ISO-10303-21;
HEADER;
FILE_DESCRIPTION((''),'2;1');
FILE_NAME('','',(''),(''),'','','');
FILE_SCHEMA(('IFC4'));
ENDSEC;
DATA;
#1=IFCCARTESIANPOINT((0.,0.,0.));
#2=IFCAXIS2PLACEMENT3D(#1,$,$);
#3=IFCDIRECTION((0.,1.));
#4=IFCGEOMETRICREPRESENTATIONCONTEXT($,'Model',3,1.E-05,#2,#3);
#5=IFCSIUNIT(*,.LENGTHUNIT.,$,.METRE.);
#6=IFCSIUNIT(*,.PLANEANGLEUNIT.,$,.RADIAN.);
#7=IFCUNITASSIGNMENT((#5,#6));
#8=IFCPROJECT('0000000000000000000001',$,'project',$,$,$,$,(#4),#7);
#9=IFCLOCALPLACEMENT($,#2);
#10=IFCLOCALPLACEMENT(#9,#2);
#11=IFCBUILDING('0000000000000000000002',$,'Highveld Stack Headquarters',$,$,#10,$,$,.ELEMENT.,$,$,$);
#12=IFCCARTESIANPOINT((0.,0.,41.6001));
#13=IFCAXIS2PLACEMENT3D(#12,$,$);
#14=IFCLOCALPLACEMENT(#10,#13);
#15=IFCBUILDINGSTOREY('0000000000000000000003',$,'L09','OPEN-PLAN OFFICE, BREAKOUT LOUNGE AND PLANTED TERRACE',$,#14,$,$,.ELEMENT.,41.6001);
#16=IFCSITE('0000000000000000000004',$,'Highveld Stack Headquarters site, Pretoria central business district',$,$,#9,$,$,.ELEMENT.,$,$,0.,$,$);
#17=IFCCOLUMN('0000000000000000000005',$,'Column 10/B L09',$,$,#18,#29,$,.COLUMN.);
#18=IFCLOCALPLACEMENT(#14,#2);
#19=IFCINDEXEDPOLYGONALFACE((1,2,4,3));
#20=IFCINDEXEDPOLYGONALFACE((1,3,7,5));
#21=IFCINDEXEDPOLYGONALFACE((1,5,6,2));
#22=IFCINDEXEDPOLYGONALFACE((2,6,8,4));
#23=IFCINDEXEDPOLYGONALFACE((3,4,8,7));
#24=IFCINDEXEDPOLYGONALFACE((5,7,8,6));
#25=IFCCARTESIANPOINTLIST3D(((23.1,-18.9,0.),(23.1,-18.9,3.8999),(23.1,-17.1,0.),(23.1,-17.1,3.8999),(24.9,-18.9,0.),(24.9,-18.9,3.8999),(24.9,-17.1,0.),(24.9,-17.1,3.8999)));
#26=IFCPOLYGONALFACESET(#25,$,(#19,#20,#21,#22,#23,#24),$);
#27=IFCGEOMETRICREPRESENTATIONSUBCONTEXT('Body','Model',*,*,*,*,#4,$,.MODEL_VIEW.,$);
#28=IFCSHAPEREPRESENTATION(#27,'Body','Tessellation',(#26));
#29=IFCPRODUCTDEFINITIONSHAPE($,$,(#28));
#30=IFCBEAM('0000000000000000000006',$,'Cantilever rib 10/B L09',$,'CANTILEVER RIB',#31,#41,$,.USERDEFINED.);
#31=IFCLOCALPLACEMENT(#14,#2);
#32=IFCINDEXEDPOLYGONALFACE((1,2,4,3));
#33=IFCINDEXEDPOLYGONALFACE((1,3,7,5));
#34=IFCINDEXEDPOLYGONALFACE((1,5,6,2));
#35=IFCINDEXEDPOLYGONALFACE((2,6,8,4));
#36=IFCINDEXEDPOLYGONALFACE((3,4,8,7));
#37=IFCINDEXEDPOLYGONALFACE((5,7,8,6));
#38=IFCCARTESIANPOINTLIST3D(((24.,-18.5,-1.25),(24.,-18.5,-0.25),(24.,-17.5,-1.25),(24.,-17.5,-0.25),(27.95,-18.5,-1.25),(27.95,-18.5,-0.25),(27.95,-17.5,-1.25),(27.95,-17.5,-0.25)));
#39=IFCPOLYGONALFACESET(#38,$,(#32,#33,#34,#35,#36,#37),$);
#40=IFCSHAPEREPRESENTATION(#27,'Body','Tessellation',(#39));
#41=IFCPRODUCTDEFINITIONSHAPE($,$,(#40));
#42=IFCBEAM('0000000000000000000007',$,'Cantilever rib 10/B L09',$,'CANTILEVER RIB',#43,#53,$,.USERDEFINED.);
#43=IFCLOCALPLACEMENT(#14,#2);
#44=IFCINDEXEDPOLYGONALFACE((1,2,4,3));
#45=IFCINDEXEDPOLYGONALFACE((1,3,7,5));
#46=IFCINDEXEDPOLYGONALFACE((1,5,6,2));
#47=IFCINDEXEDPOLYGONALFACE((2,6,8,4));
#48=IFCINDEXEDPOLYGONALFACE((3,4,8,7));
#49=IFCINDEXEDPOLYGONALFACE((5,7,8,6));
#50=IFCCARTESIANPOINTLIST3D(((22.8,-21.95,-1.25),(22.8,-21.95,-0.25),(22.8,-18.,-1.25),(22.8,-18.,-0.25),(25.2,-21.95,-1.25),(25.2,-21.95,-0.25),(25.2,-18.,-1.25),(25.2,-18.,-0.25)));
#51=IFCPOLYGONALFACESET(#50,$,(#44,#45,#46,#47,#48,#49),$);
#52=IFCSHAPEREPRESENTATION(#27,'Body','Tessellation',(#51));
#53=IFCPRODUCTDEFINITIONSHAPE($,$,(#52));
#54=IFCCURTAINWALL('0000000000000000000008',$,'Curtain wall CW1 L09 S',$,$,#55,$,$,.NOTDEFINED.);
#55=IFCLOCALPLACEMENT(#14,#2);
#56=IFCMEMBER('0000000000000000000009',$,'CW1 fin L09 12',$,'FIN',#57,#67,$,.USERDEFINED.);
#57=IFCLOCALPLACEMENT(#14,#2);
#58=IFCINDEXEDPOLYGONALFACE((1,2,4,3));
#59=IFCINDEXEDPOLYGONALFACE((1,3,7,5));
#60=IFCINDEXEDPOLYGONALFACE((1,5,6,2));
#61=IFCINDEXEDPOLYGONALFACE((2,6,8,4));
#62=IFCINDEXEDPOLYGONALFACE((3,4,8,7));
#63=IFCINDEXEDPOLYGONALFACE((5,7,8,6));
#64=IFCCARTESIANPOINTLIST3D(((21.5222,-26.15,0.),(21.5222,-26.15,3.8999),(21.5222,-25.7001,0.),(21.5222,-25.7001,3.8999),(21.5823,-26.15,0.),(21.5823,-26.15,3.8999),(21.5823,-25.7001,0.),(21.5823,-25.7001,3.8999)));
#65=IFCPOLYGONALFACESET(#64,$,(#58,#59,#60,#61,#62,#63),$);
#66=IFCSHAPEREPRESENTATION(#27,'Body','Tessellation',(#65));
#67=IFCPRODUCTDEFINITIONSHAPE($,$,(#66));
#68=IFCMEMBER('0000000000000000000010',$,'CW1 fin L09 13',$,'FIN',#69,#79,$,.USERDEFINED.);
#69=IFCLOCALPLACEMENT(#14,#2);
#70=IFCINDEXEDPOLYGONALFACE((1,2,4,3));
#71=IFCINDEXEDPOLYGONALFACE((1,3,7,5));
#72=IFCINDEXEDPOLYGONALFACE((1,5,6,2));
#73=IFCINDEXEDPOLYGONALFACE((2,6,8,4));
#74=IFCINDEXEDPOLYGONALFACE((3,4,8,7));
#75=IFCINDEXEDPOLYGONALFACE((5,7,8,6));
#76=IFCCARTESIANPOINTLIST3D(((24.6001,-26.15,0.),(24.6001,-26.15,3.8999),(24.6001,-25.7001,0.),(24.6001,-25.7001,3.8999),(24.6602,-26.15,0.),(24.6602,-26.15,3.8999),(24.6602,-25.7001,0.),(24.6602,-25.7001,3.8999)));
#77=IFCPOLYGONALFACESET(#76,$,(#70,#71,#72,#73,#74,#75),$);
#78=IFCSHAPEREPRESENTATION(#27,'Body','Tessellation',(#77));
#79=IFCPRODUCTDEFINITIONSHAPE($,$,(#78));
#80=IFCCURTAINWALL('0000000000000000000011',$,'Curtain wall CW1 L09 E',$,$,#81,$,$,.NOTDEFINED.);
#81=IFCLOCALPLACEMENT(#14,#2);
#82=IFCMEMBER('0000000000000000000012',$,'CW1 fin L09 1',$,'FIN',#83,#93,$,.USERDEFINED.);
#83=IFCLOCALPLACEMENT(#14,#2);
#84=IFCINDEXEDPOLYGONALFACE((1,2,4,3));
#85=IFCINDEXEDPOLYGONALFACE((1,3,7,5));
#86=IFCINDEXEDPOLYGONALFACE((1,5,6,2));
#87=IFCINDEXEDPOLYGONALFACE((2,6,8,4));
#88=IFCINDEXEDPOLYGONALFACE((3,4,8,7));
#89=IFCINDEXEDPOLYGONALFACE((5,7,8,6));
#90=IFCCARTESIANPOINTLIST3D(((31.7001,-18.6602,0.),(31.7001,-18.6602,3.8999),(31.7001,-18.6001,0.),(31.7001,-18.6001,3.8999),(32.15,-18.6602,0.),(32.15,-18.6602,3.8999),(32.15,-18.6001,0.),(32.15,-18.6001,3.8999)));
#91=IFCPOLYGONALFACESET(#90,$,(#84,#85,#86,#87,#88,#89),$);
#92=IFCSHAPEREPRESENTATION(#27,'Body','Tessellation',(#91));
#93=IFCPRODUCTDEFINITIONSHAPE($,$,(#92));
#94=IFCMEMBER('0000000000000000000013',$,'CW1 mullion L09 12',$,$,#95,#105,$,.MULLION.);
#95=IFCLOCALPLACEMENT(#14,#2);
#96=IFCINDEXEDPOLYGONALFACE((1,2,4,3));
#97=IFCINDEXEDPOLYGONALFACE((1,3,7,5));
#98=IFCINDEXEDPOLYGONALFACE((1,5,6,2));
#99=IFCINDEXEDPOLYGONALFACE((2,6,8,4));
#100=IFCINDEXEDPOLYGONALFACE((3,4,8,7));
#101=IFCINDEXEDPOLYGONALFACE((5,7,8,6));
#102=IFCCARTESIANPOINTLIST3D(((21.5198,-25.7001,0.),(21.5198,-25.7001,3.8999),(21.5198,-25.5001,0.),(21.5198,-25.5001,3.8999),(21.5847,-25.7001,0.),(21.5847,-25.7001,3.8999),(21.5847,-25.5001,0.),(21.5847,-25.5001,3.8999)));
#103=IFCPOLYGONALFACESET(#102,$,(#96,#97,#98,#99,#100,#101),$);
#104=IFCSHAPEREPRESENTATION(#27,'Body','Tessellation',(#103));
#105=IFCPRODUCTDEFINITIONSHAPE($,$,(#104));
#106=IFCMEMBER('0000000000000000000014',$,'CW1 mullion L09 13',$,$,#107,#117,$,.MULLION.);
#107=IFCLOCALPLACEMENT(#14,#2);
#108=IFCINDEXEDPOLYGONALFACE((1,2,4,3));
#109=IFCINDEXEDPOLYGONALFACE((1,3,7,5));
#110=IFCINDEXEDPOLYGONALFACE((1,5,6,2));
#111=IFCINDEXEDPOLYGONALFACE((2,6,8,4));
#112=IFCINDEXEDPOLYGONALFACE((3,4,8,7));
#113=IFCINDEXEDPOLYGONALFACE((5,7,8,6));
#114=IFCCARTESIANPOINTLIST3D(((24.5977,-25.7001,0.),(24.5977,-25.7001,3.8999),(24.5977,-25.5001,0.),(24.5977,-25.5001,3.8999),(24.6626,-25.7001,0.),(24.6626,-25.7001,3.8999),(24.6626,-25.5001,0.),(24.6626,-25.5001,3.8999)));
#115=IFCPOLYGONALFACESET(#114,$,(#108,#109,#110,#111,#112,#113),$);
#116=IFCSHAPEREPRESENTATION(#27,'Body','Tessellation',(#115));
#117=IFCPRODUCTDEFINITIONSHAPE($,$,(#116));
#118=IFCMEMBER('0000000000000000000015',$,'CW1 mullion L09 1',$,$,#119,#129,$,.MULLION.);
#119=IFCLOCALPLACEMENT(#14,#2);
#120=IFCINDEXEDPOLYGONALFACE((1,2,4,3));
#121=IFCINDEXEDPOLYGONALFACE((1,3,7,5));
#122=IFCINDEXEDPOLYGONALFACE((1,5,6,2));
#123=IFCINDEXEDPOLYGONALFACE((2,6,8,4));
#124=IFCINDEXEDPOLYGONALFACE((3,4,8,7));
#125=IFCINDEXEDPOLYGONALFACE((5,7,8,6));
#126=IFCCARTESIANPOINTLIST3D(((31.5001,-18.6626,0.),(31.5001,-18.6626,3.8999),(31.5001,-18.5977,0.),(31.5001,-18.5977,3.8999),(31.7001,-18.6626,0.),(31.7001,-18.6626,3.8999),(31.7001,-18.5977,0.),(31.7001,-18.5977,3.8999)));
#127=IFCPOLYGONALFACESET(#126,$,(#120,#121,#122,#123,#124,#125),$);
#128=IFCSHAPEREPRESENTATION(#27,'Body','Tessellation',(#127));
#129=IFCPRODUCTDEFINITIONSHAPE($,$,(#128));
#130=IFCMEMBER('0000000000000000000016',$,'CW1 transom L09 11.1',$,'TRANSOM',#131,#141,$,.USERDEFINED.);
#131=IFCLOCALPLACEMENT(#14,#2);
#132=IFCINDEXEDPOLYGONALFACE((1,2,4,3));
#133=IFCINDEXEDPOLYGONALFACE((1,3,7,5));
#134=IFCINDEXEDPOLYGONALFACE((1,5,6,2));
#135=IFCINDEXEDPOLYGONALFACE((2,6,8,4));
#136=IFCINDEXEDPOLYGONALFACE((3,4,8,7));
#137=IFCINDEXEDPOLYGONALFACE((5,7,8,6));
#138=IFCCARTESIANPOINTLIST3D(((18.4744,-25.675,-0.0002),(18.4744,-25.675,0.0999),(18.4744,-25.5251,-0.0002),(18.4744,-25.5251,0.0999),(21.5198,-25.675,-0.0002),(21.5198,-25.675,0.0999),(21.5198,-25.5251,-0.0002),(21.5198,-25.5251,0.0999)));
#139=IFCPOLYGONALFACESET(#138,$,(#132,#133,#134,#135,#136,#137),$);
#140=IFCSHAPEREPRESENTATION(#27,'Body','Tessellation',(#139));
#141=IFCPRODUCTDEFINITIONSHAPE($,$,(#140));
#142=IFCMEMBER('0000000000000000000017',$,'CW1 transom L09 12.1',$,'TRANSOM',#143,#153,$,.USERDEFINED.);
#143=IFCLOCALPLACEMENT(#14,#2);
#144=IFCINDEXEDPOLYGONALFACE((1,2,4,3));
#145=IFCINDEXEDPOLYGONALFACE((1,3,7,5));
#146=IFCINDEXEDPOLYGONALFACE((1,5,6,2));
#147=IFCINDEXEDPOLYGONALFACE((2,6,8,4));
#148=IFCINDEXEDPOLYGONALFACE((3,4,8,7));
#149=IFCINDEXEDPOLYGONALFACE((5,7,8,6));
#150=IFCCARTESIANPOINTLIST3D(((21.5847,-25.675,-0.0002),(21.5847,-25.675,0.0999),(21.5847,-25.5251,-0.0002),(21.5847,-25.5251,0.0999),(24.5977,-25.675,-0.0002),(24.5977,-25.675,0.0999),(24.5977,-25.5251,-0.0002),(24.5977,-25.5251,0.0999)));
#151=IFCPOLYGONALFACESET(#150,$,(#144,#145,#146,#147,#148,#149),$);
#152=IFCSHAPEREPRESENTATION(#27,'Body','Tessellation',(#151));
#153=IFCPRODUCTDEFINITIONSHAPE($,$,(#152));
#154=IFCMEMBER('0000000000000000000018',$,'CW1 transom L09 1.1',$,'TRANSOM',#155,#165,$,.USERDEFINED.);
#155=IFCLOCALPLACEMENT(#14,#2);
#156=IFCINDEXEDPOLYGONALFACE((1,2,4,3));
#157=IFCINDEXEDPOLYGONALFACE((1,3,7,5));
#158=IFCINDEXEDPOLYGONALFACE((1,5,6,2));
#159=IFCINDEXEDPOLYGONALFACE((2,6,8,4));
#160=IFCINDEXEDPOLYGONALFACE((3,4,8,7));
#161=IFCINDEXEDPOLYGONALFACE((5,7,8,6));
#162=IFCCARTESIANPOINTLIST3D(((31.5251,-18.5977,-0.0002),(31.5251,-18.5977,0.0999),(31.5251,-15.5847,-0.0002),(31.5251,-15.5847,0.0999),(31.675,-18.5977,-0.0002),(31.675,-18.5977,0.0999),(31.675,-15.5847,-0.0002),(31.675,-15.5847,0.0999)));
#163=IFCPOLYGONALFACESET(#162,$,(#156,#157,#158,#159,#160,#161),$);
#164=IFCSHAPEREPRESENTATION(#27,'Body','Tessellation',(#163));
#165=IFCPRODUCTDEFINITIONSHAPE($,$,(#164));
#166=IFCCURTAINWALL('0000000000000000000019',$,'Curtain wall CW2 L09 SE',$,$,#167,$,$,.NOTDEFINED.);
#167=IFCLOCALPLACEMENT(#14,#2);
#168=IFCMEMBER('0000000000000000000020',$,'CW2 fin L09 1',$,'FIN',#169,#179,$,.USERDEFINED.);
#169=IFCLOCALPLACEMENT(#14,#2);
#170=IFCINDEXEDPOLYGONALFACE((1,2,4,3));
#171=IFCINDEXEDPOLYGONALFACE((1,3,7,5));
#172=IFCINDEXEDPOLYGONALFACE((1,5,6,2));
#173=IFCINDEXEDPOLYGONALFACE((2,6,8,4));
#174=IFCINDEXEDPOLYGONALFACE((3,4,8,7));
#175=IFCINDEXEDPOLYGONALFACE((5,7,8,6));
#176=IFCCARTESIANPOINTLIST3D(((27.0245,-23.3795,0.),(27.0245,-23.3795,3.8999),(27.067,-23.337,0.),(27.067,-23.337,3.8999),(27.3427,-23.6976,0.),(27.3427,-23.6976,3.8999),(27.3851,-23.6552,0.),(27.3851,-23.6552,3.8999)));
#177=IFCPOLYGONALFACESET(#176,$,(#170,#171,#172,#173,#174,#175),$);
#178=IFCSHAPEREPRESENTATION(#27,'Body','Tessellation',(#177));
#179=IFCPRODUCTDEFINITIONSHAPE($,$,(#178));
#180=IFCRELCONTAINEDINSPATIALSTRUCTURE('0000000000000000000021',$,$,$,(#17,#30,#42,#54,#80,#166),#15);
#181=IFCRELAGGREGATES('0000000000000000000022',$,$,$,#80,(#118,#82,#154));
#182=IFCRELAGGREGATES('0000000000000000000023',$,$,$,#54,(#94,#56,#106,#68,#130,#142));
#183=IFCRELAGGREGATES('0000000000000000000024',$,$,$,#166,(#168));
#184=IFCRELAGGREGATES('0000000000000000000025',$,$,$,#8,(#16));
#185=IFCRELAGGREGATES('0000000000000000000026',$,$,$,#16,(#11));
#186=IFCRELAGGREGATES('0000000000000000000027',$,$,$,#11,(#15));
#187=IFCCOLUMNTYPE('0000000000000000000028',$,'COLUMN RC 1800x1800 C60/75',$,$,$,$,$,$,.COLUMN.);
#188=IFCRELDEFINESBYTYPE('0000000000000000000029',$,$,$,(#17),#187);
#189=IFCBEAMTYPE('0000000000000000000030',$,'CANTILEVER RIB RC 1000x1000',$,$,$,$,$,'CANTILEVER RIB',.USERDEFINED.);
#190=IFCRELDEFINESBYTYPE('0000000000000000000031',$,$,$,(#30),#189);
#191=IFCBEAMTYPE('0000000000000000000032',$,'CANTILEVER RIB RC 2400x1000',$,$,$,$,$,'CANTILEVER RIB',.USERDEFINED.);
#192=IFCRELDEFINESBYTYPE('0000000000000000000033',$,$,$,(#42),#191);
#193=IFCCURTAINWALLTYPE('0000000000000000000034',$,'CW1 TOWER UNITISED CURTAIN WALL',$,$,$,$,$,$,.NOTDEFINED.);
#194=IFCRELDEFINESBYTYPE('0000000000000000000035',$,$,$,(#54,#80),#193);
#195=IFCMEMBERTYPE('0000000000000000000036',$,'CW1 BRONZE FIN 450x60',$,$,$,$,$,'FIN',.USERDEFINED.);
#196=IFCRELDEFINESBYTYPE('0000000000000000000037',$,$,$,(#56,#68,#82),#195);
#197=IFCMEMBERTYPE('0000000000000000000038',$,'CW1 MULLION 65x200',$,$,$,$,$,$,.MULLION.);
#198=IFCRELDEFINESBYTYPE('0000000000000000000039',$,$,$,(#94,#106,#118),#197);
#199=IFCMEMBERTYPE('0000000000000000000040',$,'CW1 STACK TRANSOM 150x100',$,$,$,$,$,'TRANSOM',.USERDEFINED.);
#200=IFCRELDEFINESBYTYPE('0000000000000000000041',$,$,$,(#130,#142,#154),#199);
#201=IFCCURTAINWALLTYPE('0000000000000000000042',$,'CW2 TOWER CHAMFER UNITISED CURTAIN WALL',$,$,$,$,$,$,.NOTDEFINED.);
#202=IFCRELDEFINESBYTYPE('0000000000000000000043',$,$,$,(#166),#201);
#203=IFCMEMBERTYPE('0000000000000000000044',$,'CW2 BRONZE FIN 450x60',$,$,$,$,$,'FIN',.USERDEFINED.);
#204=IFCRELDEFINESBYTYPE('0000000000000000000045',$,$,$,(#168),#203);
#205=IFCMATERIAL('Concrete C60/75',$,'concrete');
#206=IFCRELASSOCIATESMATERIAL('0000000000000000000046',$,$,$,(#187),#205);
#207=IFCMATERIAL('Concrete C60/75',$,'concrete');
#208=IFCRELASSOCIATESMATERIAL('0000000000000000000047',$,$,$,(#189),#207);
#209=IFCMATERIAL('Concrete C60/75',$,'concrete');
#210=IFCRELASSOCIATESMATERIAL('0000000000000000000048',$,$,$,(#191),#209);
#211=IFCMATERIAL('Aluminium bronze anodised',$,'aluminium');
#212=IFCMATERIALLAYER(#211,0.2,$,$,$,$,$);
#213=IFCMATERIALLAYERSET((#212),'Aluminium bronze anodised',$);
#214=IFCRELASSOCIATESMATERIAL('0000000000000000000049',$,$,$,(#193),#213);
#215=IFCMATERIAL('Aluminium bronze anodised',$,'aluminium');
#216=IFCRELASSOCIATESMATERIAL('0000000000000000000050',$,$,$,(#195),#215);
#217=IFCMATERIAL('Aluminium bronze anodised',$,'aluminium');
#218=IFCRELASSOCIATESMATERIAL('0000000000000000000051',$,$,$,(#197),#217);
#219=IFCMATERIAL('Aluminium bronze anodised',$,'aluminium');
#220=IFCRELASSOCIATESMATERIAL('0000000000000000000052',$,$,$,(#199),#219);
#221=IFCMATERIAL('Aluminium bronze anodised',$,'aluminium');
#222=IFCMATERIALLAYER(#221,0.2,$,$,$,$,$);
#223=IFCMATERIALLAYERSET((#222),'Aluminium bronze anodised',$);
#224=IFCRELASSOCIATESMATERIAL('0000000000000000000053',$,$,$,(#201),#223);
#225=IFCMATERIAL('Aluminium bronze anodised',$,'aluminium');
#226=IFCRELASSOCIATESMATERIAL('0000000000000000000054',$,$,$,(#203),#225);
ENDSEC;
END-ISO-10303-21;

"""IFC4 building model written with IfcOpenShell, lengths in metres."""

from ifc_helpers import new_model, si_unit, direction, frame, origin, origin_2d, place, context, subcontext, project, spatial, rectangle, extrude, material, layer, layer_set, material_profile, profile_set, type_object, element, aggregate, save


model = new_model("IFC4")

# Units and contexts
model_context = context("Model", 3, precision=1e-05, world=origin(), true_north=direction((0.0, 1.0)))
body_context = subcontext(model_context, "Body", "Model", "MODEL_VIEW")
ifc_project = project(units=[si_unit("LENGTHUNIT", "METRE"), si_unit("PLANEANGLEUNIT", "RADIAN")], contexts=[model_context])

# Site, building, storey
site_placement = place(None, origin())
site = spatial("IfcSite", under=ifc_project, at=site_placement, Name="Highveld Stack Headquarters site, Pretoria central business district", CompositionType="ELEMENT", RefElevation=0.0)
building_placement = place(site_placement, origin())
building = spatial("IfcBuilding", under=site, at=building_placement, Name="Highveld Stack Headquarters", CompositionType="ELEMENT")
storey_placement = place(building_placement, frame((0.0, 0.0, 41.6001)))
storey = spatial("IfcBuildingStorey", under=building, at=storey_placement, Name="L09", Description="OPEN-PLAN OFFICE, BREAKOUT LOUNGE AND PLANTED TERRACE", CompositionType="ELEMENT", Elevation=41.6001)

# Column
ifc_material_1 = material(Name="Concrete C60/75", Category="concrete")
ifc_material_profile_1 = material_profile(ifc_material_1, rectangle(XDim=1.8, YDim=1.8, at=origin_2d()), Name="RC 1800x1800")
ifc_profile_set_1 = profile_set([ifc_material_profile_1], Name="Concrete C60/75")
column_type = type_object("IfcColumnType", Name="COLUMN RC 1800x1800 C60/75", PredefinedType="COLUMN", material=ifc_profile_set_1)
column_placement = place(storey_placement, frame((24.0, -18.0, 0.0), z_axis=(0.0, 0.0, 1.0), x_axis=(1.0, 0.0, 0.0)))
element("IfcColumn", 1, at=column_placement, inside=storey, type_object=column_type, Name="Column 10/B L09", PredefinedType="COLUMN", context=body_context, shape_type="SweptSolid", body=[
    extrude(rectangle(XDim=1.8, YDim=1.8, at=origin_2d()), origin(), (0.0, 0.0, 1.0), 3.8999),
])

# Beams
ifc_material_2 = material(Name="Concrete C60/75", Category="concrete")
ifc_material_profile_2 = material_profile(ifc_material_2, rectangle(XDim=1.0, YDim=1.0, at=origin_2d()), Name="RC 1000x1000")
ifc_profile_set_2 = profile_set([ifc_material_profile_2], Name="Concrete C60/75")
beam_type_1 = type_object("IfcBeamType", Name="CANTILEVER RIB RC 1000x1000", ElementType="CANTILEVER RIB", PredefinedType="USERDEFINED", material=ifc_profile_set_2)
beam_1_placement = place(storey_placement, frame((24.0, -18.0, -0.75), z_axis=(1.0, 0.0, 0.0), x_axis=(0.0, 1.0, 0.0)))
element("IfcBeam", 2, at=beam_1_placement, inside=storey, type_object=beam_type_1, Name="Cantilever rib 10/B L09", ObjectType="CANTILEVER RIB", PredefinedType="USERDEFINED", context=body_context, shape_type="SweptSolid", body=[
    extrude(rectangle(XDim=1.0, YDim=1.0, at=origin_2d()), origin(), (0.0, 0.0, 1.0), 3.95),
])
ifc_material_3 = material(Name="Concrete C60/75", Category="concrete")
ifc_material_profile_3 = material_profile(ifc_material_3, rectangle(XDim=2.3999, YDim=1.0, at=origin_2d()), Name="RC 2400x1000")
ifc_profile_set_3 = profile_set([ifc_material_profile_3], Name="Concrete C60/75")
beam_type_2 = type_object("IfcBeamType", Name="CANTILEVER RIB RC 2400x1000", ElementType="CANTILEVER RIB", PredefinedType="USERDEFINED", material=ifc_profile_set_3)
beam_2_placement = place(storey_placement, frame((24.0, -18.0, -0.75), z_axis=(0.0, -1.0, 0.0), x_axis=(1.0, 0.0, 0.0)))
element("IfcBeam", 3, at=beam_2_placement, inside=storey, type_object=beam_type_2, Name="Cantilever rib 10/B L09", ObjectType="CANTILEVER RIB", PredefinedType="USERDEFINED", context=body_context, shape_type="SweptSolid", body=[
    extrude(rectangle(XDim=2.3999, YDim=1.0, at=origin_2d()), origin(), (0.0, 0.0, 1.0), 3.95),
])

# Curtain wall, members
ifc_material_4 = material(Name="Aluminium bronze anodised", Category="aluminium")
ifc_layer_1 = layer(ifc_material_4, 0.2)
ifc_layer_set_1 = layer_set([ifc_layer_1], Name="Aluminium bronze anodised")
curtain_wall_type_1 = type_object("IfcCurtainWallType", Name="CW1 TOWER UNITISED CURTAIN WALL", PredefinedType="NOTDEFINED", material=ifc_layer_set_1)
curtain_wall_1_placement = place(storey_placement, origin())
curtain_wall_1 = element("IfcCurtainWall", 4, at=curtain_wall_1_placement, inside=storey, type_object=curtain_wall_type_1, Name="Curtain wall CW1 L09 S", PredefinedType="NOTDEFINED")
ifc_material_5 = material(Name="Aluminium bronze anodised", Category="aluminium")
ifc_material_profile_4 = material_profile(ifc_material_5, rectangle(XDim=0.45, YDim=0.0601, at=origin_2d()), Name="FIN 450x60")
ifc_profile_set_4 = profile_set([ifc_material_profile_4], Name="Aluminium bronze anodised")
member_type_1 = type_object("IfcMemberType", Name="CW1 BRONZE FIN 450x60", ElementType="FIN", PredefinedType="USERDEFINED", material=ifc_profile_set_4)
member_1_placement = place(storey_placement, frame((21.5522, -25.925, 0.0), z_axis=(0.0, 0.0, 1.0), x_axis=(0.0, 1.0, 0.0)))
member_1 = element("IfcMember", 5, at=member_1_placement, type_object=member_type_1, Name="CW1 fin L09 12", ObjectType="FIN", PredefinedType="USERDEFINED", context=body_context, shape_type="SweptSolid", body=[
    extrude(rectangle(XDim=0.45, YDim=0.0601, at=origin_2d()), origin(), (0.0, 0.0, 1.0), 3.8999),
])
member_2_placement = place(storey_placement, frame((24.6301, -25.925, 0.0), z_axis=(0.0, 0.0, 1.0), x_axis=(0.0, 1.0, 0.0)))
member_2 = element("IfcMember", 6, at=member_2_placement, type_object=member_type_1, Name="CW1 fin L09 13", ObjectType="FIN", PredefinedType="USERDEFINED", context=body_context, shape_type="SweptSolid", body=[
    extrude(rectangle(XDim=0.45, YDim=0.0601, at=origin_2d()), origin(), (0.0, 0.0, 1.0), 3.8999),
])

# Curtain wall, member
curtain_wall_2_placement = place(storey_placement, origin())
curtain_wall_2 = element("IfcCurtainWall", 7, at=curtain_wall_2_placement, inside=storey, type_object=curtain_wall_type_1, Name="Curtain wall CW1 L09 E", PredefinedType="NOTDEFINED")
member_3_placement = place(storey_placement, frame((31.925, -18.6301, 0.0), z_axis=(0.0, 0.0, 1.0), x_axis=(-1.0, 0.0, 0.0)))
member_3 = element("IfcMember", 8, at=member_3_placement, type_object=member_type_1, Name="CW1 fin L09 1", ObjectType="FIN", PredefinedType="USERDEFINED", context=body_context, shape_type="SweptSolid", body=[
    extrude(rectangle(XDim=0.45, YDim=0.0601, at=origin_2d()), origin(), (0.0, 0.0, 1.0), 3.8999),
])

# Members
ifc_material_6 = material(Name="Aluminium bronze anodised", Category="aluminium")
ifc_material_profile_5 = material_profile(ifc_material_6, rectangle(XDim=0.2, YDim=0.0649, at=origin_2d()), Name="CW1 MULLION 65x200")
ifc_profile_set_5 = profile_set([ifc_material_profile_5], Name="Aluminium bronze anodised")
member_type_2 = type_object("IfcMemberType", Name="CW1 MULLION 65x200", PredefinedType="MULLION", material=ifc_profile_set_5)
member_4_placement = place(storey_placement, frame((21.5522, -25.6001, 0.0), z_axis=(0.0, 0.0, 1.0), x_axis=(0.0, 1.0, 0.0)))
member_4 = element("IfcMember", 9, at=member_4_placement, type_object=member_type_2, Name="CW1 mullion L09 12", PredefinedType="MULLION", context=body_context, shape_type="SweptSolid", body=[
    extrude(rectangle(XDim=0.2, YDim=0.0649, at=origin_2d()), origin(), (0.0, 0.0, 1.0), 3.8999),
])
member_5_placement = place(storey_placement, frame((24.6301, -25.6001, 0.0), z_axis=(0.0, 0.0, 1.0), x_axis=(0.0, 1.0, 0.0)))
member_5 = element("IfcMember", 10, at=member_5_placement, type_object=member_type_2, Name="CW1 mullion L09 13", PredefinedType="MULLION", context=body_context, shape_type="SweptSolid", body=[
    extrude(rectangle(XDim=0.2, YDim=0.0649, at=origin_2d()), origin(), (0.0, 0.0, 1.0), 3.8999),
])
member_6_placement = place(storey_placement, frame((31.6001, -18.6301, 0.0), z_axis=(0.0, 0.0, 1.0), x_axis=(-1.0, 0.0, 0.0)))
member_6 = element("IfcMember", 11, at=member_6_placement, type_object=member_type_2, Name="CW1 mullion L09 1", PredefinedType="MULLION", context=body_context, shape_type="SweptSolid", body=[
    extrude(rectangle(XDim=0.2, YDim=0.0649, at=origin_2d()), origin(), (0.0, 0.0, 1.0), 3.8999),
])
ifc_material_7 = material(Name="Aluminium bronze anodised", Category="aluminium")
ifc_material_profile_6 = material_profile(ifc_material_7, rectangle(XDim=0.1499, YDim=0.1001, at=origin_2d()), Name="CW1 TRANSOM 150x100")
ifc_profile_set_6 = profile_set([ifc_material_profile_6], Name="Aluminium bronze anodised")
member_type_3 = type_object("IfcMemberType", Name="CW1 STACK TRANSOM 150x100", ElementType="TRANSOM", PredefinedType="USERDEFINED", material=ifc_profile_set_6)
member_7_placement = place(storey_placement, frame((18.4744, -25.6001, 0.0498), z_axis=(1.0, 0.0, 0.0), x_axis=(0.0, 1.0, 0.0)))
member_7 = element("IfcMember", 12, at=member_7_placement, type_object=member_type_3, Name="CW1 transom L09 11.1", ObjectType="TRANSOM", PredefinedType="USERDEFINED", context=body_context, shape_type="SweptSolid", body=[
    extrude(rectangle(XDim=0.1499, YDim=0.1001, at=origin_2d()), origin(), (0.0, 0.0, 1.0), 3.0454),
])
member_8_placement = place(storey_placement, frame((21.5847, -25.6001, 0.0498), z_axis=(1.0, 0.0, 0.0), x_axis=(0.0, 1.0, 0.0)))
member_8 = element("IfcMember", 13, at=member_8_placement, type_object=member_type_3, Name="CW1 transom L09 12.1", ObjectType="TRANSOM", PredefinedType="USERDEFINED", context=body_context, shape_type="SweptSolid", body=[
    extrude(rectangle(XDim=0.1499, YDim=0.1001, at=origin_2d()), origin(), (0.0, 0.0, 1.0), 3.0129),
])
member_9_placement = place(storey_placement, frame((31.6001, -18.5977, 0.0498), z_axis=(0.0, 1.0, 0.0), x_axis=(-1.0, 0.0, 0.0)))
member_9 = element("IfcMember", 14, at=member_9_placement, type_object=member_type_3, Name="CW1 transom L09 1.1", ObjectType="TRANSOM", PredefinedType="USERDEFINED", context=body_context, shape_type="SweptSolid", body=[
    extrude(rectangle(XDim=0.1499, YDim=0.1001, at=origin_2d()), origin(), (0.0, 0.0, 1.0), 3.0129),
])
aggregate(curtain_wall_2, [member_6, member_3, member_9])

# Curtain wall, member
ifc_material_8 = material(Name="Aluminium bronze anodised", Category="aluminium")
ifc_layer_2 = layer(ifc_material_8, 0.2)
ifc_layer_set_2 = layer_set([ifc_layer_2], Name="Aluminium bronze anodised")
curtain_wall_type_2 = type_object("IfcCurtainWallType", Name="CW2 TOWER CHAMFER UNITISED CURTAIN WALL", PredefinedType="NOTDEFINED", material=ifc_layer_set_2)
curtain_wall_3_placement = place(storey_placement, origin())
curtain_wall_3 = element("IfcCurtainWall", 15, at=curtain_wall_3_placement, inside=storey, type_object=curtain_wall_type_2, Name="Curtain wall CW2 L09 SE", PredefinedType="NOTDEFINED")
ifc_material_9 = material(Name="Aluminium bronze anodised", Category="aluminium")
ifc_material_profile_7 = material_profile(ifc_material_9, rectangle(XDim=0.45, YDim=0.0601, at=origin_2d()), Name="FIN 450x60")
ifc_profile_set_7 = profile_set([ifc_material_profile_7], Name="Aluminium bronze anodised")
member_type_4 = type_object("IfcMemberType", Name="CW2 BRONZE FIN 450x60", ElementType="FIN", PredefinedType="USERDEFINED", material=ifc_profile_set_7)
member_10_placement = place(storey_placement, frame((27.2048, -23.5173, 0.0), z_axis=(0.0, 0.0, 1.0), x_axis=(-0.707107, 0.707107, 0.0)))
member_10 = element("IfcMember", 16, at=member_10_placement, type_object=member_type_4, Name="CW2 fin L09 1", ObjectType="FIN", PredefinedType="USERDEFINED", context=body_context, shape_type="SweptSolid", body=[
    extrude(rectangle(XDim=0.45, YDim=0.0601, at=origin_2d()), origin(), (0.0, 0.0, 1.0), 3.8999),
])

aggregate(curtain_wall_1, [member_4, member_1, member_5, member_2, member_7, member_8])
aggregate(curtain_wall_3, [member_10])

save(model, "model.ifc")
